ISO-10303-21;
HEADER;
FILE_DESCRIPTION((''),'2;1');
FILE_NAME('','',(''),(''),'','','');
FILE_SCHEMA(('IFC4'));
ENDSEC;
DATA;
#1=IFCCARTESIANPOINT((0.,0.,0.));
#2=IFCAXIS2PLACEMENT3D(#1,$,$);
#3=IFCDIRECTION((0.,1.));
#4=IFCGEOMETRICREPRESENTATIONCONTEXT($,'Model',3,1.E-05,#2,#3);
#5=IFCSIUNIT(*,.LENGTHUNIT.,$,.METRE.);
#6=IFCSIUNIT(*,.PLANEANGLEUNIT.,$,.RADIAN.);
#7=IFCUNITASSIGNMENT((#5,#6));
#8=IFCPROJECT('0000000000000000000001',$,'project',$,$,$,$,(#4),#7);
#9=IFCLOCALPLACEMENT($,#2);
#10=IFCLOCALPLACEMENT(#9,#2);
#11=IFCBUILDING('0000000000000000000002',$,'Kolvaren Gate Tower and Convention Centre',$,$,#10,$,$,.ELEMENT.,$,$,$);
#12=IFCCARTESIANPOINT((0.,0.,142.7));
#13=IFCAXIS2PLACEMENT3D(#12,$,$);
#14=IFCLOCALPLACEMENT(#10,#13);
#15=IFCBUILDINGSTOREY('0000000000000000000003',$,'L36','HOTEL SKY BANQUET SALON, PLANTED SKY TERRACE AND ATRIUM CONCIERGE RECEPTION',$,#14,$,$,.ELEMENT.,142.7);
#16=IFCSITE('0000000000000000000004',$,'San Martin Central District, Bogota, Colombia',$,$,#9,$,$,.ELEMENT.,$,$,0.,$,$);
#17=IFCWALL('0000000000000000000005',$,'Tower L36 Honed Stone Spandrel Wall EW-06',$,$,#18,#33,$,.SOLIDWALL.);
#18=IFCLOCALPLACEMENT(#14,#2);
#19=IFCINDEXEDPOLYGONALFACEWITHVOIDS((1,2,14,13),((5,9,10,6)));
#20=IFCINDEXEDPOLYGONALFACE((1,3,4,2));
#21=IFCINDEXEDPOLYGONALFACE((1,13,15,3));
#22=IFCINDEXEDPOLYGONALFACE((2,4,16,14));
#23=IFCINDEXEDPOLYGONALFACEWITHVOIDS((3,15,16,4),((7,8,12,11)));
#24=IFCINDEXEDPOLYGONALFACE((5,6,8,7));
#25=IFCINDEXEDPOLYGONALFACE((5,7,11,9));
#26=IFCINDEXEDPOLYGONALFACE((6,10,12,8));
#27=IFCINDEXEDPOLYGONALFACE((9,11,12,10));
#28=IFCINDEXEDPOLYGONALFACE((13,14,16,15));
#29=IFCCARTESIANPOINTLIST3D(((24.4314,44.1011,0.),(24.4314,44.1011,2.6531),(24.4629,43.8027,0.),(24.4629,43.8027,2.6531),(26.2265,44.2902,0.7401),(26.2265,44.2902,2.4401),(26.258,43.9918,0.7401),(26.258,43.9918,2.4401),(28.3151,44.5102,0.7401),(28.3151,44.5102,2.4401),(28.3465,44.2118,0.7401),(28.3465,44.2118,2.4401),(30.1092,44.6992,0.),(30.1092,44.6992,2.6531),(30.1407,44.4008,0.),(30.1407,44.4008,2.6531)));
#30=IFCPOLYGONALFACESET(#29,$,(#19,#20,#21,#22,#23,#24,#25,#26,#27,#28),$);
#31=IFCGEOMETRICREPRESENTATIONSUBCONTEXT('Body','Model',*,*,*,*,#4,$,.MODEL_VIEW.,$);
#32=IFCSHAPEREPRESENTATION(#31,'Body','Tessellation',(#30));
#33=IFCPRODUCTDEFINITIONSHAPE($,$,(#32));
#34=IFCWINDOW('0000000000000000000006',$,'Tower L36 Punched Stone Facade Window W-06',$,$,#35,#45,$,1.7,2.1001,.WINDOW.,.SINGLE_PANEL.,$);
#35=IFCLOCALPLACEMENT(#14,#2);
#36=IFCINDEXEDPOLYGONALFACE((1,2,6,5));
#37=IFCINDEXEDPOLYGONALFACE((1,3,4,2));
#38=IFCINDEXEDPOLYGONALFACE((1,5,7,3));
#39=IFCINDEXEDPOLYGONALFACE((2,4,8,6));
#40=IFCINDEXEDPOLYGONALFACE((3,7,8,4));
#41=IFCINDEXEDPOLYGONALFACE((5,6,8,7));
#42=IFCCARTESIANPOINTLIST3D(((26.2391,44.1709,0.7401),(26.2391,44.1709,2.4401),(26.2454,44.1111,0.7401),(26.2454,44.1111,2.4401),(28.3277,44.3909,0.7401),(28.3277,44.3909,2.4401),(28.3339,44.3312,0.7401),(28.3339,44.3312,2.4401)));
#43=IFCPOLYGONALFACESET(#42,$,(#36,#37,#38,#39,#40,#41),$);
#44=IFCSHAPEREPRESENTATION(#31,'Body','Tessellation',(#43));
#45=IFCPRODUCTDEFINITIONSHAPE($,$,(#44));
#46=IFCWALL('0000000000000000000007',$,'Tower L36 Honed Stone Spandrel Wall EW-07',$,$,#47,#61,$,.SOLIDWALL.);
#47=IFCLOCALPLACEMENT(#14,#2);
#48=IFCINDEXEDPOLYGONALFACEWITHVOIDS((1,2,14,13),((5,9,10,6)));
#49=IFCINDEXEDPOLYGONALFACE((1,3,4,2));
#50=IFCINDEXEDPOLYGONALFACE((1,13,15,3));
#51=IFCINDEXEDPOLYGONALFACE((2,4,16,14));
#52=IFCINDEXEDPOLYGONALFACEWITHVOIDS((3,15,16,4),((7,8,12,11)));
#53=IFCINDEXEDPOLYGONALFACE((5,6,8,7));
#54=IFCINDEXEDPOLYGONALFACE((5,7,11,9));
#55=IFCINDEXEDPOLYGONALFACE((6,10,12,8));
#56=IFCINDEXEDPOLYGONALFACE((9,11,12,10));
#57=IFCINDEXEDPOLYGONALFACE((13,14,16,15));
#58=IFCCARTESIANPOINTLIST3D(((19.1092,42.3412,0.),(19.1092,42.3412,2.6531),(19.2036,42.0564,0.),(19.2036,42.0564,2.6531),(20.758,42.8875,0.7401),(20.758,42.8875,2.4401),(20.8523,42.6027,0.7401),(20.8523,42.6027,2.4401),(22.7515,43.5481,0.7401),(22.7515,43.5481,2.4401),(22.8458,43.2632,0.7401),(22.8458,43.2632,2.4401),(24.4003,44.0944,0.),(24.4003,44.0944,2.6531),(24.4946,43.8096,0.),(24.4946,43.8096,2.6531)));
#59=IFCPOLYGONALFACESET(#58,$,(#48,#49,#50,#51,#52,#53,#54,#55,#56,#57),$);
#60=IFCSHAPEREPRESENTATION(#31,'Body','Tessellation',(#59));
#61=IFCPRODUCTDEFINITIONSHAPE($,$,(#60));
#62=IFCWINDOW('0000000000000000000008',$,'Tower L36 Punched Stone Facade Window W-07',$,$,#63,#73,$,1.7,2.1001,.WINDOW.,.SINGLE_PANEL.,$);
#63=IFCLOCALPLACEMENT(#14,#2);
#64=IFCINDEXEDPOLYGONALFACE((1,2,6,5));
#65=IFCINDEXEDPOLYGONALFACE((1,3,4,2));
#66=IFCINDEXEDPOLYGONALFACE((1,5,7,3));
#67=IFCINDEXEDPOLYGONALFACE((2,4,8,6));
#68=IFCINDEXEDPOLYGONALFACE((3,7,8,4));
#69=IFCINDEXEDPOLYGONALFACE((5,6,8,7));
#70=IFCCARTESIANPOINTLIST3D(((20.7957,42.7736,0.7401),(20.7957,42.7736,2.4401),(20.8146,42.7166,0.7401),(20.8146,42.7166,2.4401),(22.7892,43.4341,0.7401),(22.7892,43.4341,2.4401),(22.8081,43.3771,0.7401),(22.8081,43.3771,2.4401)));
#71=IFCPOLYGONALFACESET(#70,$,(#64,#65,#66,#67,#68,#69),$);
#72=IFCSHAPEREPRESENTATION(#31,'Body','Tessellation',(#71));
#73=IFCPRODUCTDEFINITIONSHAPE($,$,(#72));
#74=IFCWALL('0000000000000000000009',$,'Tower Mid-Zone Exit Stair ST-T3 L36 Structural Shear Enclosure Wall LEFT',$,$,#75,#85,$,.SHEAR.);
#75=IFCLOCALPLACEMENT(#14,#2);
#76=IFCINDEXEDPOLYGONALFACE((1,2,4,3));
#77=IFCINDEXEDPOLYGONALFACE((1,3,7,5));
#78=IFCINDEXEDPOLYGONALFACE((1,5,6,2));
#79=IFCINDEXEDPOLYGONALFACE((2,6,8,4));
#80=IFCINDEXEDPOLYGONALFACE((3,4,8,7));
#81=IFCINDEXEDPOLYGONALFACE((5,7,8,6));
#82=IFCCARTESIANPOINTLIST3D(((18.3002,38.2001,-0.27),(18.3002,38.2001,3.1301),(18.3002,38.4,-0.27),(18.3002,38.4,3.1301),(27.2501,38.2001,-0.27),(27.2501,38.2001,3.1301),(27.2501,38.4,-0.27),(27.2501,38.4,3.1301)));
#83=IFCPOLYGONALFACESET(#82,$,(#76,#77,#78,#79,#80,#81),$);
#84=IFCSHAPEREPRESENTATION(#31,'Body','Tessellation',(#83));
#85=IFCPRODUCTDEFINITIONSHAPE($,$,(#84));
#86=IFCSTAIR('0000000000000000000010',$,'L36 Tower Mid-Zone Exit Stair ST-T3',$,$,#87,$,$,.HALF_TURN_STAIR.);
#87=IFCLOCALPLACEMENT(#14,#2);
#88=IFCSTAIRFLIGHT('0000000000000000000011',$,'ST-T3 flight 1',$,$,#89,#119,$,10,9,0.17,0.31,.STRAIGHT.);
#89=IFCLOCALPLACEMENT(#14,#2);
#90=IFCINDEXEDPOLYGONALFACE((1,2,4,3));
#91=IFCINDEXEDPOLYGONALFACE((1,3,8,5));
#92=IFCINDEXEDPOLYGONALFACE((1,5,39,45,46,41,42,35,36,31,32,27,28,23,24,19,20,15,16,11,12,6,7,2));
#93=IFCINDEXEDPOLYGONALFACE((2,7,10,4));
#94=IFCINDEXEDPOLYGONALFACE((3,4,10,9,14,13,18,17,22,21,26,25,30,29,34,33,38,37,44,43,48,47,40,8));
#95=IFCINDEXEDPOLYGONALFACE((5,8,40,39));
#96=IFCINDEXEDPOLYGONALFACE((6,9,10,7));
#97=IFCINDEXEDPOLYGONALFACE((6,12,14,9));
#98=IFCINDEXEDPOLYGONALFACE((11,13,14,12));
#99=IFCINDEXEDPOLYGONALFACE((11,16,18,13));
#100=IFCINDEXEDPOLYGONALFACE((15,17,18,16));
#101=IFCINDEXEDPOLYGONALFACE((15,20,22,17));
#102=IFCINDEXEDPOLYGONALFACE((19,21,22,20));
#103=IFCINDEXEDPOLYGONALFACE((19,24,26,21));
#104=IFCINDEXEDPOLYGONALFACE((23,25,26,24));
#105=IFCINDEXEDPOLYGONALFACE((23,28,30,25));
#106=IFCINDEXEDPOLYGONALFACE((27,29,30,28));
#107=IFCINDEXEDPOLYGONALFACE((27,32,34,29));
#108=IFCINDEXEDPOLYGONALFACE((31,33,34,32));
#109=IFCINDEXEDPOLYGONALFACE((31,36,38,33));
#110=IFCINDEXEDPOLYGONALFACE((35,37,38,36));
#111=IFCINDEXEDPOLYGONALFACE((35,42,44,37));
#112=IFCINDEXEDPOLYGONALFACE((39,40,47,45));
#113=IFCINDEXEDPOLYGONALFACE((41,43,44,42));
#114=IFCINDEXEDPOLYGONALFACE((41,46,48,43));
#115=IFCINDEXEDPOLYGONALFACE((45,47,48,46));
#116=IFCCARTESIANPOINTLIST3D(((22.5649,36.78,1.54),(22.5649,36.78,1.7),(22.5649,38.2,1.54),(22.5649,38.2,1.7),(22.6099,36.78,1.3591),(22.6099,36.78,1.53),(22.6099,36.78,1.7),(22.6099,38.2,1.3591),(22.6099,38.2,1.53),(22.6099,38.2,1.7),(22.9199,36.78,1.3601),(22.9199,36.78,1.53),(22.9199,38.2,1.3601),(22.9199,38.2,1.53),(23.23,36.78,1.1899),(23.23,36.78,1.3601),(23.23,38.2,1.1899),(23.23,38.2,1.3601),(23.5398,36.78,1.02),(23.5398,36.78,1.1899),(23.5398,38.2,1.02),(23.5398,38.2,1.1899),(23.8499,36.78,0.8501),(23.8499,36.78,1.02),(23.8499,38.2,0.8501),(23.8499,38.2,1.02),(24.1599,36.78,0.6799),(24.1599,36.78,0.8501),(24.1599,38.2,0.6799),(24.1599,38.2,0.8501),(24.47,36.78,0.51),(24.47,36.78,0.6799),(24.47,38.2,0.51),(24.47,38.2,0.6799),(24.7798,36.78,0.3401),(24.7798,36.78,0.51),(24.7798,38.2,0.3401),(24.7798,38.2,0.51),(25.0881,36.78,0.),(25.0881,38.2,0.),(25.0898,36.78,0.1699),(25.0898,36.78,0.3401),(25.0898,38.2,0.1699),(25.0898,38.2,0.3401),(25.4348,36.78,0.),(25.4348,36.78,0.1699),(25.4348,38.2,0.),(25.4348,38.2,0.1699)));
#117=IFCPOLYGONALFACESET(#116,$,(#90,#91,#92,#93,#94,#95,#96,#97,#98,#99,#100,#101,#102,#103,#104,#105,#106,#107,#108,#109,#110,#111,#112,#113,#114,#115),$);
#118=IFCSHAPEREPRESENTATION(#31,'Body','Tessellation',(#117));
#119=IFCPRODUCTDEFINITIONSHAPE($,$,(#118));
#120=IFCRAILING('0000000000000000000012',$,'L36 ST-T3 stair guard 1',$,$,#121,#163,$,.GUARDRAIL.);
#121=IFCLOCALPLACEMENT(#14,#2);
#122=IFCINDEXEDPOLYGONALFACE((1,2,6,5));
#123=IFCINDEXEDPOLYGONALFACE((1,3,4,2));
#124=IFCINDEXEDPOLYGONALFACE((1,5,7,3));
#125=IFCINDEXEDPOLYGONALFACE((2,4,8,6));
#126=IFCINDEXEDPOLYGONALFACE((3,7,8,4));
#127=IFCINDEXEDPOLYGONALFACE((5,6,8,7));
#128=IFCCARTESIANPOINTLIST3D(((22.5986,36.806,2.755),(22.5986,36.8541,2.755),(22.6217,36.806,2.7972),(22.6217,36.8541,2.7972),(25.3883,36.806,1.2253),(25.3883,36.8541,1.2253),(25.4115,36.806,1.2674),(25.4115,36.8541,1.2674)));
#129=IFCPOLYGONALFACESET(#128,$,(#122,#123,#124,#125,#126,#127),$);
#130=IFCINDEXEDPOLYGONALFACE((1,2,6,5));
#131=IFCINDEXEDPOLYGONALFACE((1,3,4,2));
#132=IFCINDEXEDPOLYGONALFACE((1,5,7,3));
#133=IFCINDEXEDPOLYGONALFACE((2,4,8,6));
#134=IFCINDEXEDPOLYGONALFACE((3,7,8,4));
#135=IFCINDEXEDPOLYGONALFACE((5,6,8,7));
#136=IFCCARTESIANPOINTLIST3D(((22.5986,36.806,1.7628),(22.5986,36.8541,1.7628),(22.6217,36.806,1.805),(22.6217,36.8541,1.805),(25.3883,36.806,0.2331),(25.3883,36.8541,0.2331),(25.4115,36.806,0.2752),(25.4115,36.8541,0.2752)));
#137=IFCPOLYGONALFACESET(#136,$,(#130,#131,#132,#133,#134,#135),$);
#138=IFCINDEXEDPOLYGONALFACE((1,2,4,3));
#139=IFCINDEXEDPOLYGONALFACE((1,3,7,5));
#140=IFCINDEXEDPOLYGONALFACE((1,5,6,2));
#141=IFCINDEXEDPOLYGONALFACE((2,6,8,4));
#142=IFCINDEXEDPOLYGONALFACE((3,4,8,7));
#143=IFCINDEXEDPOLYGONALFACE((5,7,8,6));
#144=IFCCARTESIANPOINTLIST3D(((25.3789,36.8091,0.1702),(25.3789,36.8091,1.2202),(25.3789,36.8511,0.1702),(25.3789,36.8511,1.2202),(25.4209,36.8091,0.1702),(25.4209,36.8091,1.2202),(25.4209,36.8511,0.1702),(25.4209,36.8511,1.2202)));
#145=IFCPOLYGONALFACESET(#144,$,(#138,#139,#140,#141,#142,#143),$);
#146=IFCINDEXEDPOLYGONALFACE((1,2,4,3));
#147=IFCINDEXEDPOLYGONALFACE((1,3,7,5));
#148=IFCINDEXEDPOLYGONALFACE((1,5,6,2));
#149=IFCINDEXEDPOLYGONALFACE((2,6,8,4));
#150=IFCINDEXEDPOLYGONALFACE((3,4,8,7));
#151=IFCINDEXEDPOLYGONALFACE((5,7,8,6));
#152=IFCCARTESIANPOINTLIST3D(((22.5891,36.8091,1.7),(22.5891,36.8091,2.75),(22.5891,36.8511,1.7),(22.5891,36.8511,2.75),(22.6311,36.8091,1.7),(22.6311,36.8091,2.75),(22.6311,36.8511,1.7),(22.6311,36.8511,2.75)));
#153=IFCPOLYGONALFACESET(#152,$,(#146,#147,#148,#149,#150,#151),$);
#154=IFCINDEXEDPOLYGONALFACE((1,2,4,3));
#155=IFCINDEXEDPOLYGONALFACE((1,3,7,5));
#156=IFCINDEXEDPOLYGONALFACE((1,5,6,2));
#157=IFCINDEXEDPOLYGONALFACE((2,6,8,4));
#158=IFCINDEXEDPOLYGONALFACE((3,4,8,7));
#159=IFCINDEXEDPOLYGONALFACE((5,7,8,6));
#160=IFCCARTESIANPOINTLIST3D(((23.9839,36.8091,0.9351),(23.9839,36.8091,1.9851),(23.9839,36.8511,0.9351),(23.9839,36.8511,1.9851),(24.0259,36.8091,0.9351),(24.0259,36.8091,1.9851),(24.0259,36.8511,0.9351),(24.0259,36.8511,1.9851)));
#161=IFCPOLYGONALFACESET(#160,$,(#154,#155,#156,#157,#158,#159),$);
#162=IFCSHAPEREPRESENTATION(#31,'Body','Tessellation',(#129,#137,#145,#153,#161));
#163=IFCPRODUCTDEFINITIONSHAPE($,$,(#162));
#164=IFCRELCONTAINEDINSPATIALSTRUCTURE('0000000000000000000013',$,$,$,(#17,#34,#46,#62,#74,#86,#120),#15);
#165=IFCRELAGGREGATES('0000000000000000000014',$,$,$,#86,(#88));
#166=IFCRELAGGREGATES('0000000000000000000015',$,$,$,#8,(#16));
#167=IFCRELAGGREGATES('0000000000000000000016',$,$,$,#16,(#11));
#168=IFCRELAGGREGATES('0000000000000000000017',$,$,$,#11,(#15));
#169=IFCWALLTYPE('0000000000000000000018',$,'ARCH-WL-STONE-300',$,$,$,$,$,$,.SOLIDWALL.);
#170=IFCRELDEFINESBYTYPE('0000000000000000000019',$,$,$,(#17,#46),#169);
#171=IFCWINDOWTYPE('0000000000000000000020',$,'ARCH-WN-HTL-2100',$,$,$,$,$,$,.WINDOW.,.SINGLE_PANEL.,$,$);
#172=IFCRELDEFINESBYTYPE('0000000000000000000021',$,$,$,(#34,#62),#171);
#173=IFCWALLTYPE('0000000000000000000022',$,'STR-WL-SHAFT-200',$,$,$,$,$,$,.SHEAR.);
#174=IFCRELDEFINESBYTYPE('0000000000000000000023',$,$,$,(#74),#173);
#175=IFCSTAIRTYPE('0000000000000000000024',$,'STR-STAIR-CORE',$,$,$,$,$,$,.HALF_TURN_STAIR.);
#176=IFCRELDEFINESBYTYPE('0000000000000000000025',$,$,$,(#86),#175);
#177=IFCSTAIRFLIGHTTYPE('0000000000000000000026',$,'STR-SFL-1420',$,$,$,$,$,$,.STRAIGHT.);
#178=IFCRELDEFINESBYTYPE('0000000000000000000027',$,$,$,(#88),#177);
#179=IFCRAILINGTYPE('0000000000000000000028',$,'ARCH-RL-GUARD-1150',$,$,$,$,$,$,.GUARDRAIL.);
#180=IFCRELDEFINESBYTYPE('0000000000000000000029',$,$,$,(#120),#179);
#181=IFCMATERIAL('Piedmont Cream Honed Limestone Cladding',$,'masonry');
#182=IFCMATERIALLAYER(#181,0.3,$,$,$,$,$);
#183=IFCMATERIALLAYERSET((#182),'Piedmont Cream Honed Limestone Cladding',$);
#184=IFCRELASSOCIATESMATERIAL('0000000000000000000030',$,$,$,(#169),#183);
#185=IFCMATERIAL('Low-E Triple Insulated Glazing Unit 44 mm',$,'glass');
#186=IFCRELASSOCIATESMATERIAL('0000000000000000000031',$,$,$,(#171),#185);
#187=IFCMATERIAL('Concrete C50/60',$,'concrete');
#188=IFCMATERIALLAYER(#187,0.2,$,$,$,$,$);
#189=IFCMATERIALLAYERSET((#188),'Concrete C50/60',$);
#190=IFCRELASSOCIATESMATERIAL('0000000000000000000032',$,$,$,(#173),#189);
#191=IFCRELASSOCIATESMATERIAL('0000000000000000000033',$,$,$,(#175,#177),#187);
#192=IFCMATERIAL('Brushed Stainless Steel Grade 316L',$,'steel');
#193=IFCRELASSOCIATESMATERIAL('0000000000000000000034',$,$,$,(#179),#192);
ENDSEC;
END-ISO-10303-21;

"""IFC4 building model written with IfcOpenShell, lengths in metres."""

from ifc_helpers import new_model, si_unit, direction, frame, frame_2d, origin, origin_2d, place, context, subcontext, project, spatial, polyline, rectangle, outline, extrude, material, layer, layer_set, type_object, element, fill, aggregate, save


model = new_model("IFC4")

# Units and contexts
model_context = context("Model", 3, precision=1e-05, world=origin(), true_north=direction((0.0, 1.0)))
body_context = subcontext(model_context, "Body", "Model", "MODEL_VIEW")
ifc_project = project(units=[si_unit("LENGTHUNIT", "METRE"), si_unit("PLANEANGLEUNIT", "RADIAN")], contexts=[model_context])

# Site, building, storey
site_placement = place(None, origin())
site = spatial("IfcSite", under=ifc_project, at=site_placement, Name="San Martin Central District, Bogota, Colombia", CompositionType="ELEMENT", RefElevation=0.0)
building_placement = place(site_placement, origin())
building = spatial("IfcBuilding", under=site, at=building_placement, Name="Kolvaren Gate Tower and Convention Centre", CompositionType="ELEMENT")
storey_placement = place(building_placement, frame((0.0, 0.0, 142.7)))
storey = spatial("IfcBuildingStorey", under=building, at=storey_placement, Name="L36", Description="HOTEL SKY BANQUET SALON, PLANTED SKY TERRACE AND ATRIUM CONCIERGE RECEPTION", CompositionType="ELEMENT", Elevation=142.7)

# Walls, openings, windows
ifc_material_1 = material(Name="Piedmont Cream Honed Limestone Cladding", Category="masonry")
ifc_layer_1 = layer(ifc_material_1, 0.3)
ifc_layer_set_1 = layer_set([ifc_layer_1], Name="Piedmont Cream Honed Limestone Cladding")
wall_type_1 = type_object("IfcWallType", Name="ARCH-WL-STONE-300", PredefinedType="SOLIDWALL", material=ifc_layer_set_1)
wall_1_placement = place(storey_placement, frame((24.4473, 43.9519, 0.0), z_axis=(0.0, 0.0, 1.0), x_axis=(0.994497, 0.104769, 0.0)))
wall_1 = element("IfcWall", 1, at=wall_1_placement, inside=storey, type_object=wall_type_1, Name="Tower L36 Honed Stone Spandrel Wall EW-06", PredefinedType="SOLIDWALL", context=body_context, shape_type="SweptSolid", body=[
    extrude(rectangle(XDim=5.7092, YDim=0.3, at=frame_2d((2.8545, 0.0))), origin(), (0.0, 0.0, 1.0), 2.6531),
])
opening_1_placement = place(wall_1_placement, frame((1.8049, 0.0, 0.74)))
opening_1 = element("IfcOpeningElement", 2, at=opening_1_placement, cuts=wall_1, PredefinedType="OPENING", context=body_context, shape_type="SweptSolid", body=[
    extrude(rectangle(XDim=2.1001, YDim=1.7, at=frame_2d((1.05, 0.8501))), frame((0.0, 0.1599, 0.0), z_axis=(0.0, -1.0, 0.0), x_axis=(1.0, 0.0, 0.0)), (0.0, 0.0, 1.0), 0.3201),
])
ifc_material_2 = material(Name="Low-E Triple Insulated Glazing Unit 44 mm", Category="glass")
window_type = type_object("IfcWindowType", Name="ARCH-WN-HTL-2100", PartitioningType="SINGLE_PANEL", PredefinedType="WINDOW", material=ifc_material_2)
window_1_placement = place(opening_1_placement, origin())
window_1 = element("IfcWindow", 3, at=window_1_placement, inside=storey, type_object=window_type, Name="Tower L36 Punched Stone Facade Window W-06", OverallHeight=1.7, OverallWidth=2.1001, PartitioningType="SINGLE_PANEL", PredefinedType="WINDOW", context=body_context, shape_type="SweptSolid", body=[
    extrude(rectangle(XDim=2.1001, YDim=1.7, at=frame_2d((1.05, 0.8501))), frame((0.0, 0.03, 0.0), z_axis=(0.0, -1.0, 0.0), x_axis=(1.0, 0.0, 0.0)), (0.0, 0.0, 1.0), 0.0601),
])
fill(opening_1, window_1)
wall_2_placement = place(storey_placement, frame((19.1562, 42.1987, 0.0), z_axis=(0.0, 0.0, 1.0), x_axis=(0.949247, 0.314532, 0.0)))
wall_2 = element("IfcWall", 4, at=wall_2_placement, inside=storey, type_object=wall_type_1, Name="Tower L36 Honed Stone Spandrel Wall EW-07", PredefinedType="SOLIDWALL", context=body_context, shape_type="SweptSolid", body=[
    extrude(rectangle(XDim=5.574, YDim=0.3, at=frame_2d((2.7871, 0.0))), origin(), (0.0, 0.0, 1.0), 2.6531),
])
opening_2_placement = place(wall_2_placement, frame((1.7371, 0.0, 0.74)))
opening_2 = element("IfcOpeningElement", 5, at=opening_2_placement, cuts=wall_2, PredefinedType="OPENING", context=body_context, shape_type="SweptSolid", body=[
    extrude(rectangle(XDim=2.1001, YDim=1.7, at=frame_2d((1.05, 0.8501))), frame((0.0, 0.1599, 0.0), z_axis=(0.0, -1.0, 0.0), x_axis=(1.0, 0.0, 0.0)), (0.0, 0.0, 1.0), 0.3201),
])
window_2_placement = place(opening_2_placement, origin())
window_2 = element("IfcWindow", 6, at=window_2_placement, inside=storey, type_object=window_type, Name="Tower L36 Punched Stone Facade Window W-07", OverallHeight=1.7, OverallWidth=2.1001, PartitioningType="SINGLE_PANEL", PredefinedType="WINDOW", context=body_context, shape_type="SweptSolid", body=[
    extrude(rectangle(XDim=2.1001, YDim=1.7, at=frame_2d((1.05, 0.8501))), frame((0.0, 0.03, 0.0), z_axis=(0.0, -1.0, 0.0), x_axis=(1.0, 0.0, 0.0)), (0.0, 0.0, 1.0), 0.0601),
])
fill(opening_2, window_2)

# Wall
ifc_material_3 = material(Name="Concrete C50/60", Category="concrete")
ifc_layer_2 = layer(ifc_material_3, 0.2)
ifc_layer_set_2 = layer_set([ifc_layer_2], Name="Concrete C50/60")
wall_type_2 = type_object("IfcWallType", Name="STR-WL-SHAFT-200", PredefinedType="SHEAR", material=ifc_layer_set_2)
wall_3_placement = place(storey_placement, frame((18.3, 38.3, -0.27), z_axis=(0.0, 0.0, 1.0), x_axis=(1.0, 0.0, 0.0)))
element("IfcWall", 7, at=wall_3_placement, inside=storey, type_object=wall_type_2, Name="Tower Mid-Zone Exit Stair ST-T3 L36 Structural Shear Enclosure Wall LEFT", PredefinedType="SHEAR", context=body_context, shape_type="SweptSolid", body=[
    extrude(rectangle(XDim=8.95, YDim=0.2, at=frame_2d((4.4751, 0.0))), origin(), (0.0, 0.0, 1.0), 3.4001),
])

# Stair, stair flight
stair_type = type_object("IfcStairType", Name="STR-STAIR-CORE", PredefinedType="HALF_TURN_STAIR", material=ifc_material_3)
stair_placement = place(storey_placement, origin())
stair = element("IfcStair", 8, at=stair_placement, inside=storey, type_object=stair_type, Name="L36 Tower Mid-Zone Exit Stair ST-T3", PredefinedType="HALF_TURN_STAIR")
stair_flight_type = type_object("IfcStairFlightType", Name="STR-SFL-1420", PredefinedType="STRAIGHT", material=ifc_material_3)
stair_flight_placement = place(storey_placement, frame((25.3999, 37.49, 0.0), z_axis=(0.0, 0.0, 1.0), x_axis=(-1.0, 0.0, 0.0)))
stair_flight = element("IfcStairFlight", 9, at=stair_flight_placement, type_object=stair_flight_type, Name="ST-T3 flight 1", NumberOfRisers=10, NumberOfTreads=9, PredefinedType="STRAIGHT", RiserHeight=0.17, TreadLength=0.31, context=body_context, shape_type="SweptSolid", body=[
    extrude(outline(polyline([(-0.0349, 0.0), (-0.0349, 0.1699), (0.3101, 0.1699), (0.3101, 0.3401), (0.6201, 0.3401), (0.6201, 0.51), (0.9299, 0.51), (0.9299, 0.6799), (1.24, 0.6799), (1.24, 0.8501), (1.55, 0.8501), (1.55, 1.02), (1.8601, 1.02), (1.8601, 1.1899), (2.1699, 1.1899), (2.1699, 1.3601), (2.48, 1.3601), (2.48, 1.53), (2.79, 1.53), (2.79, 1.7), (2.835, 1.7), (2.835, 1.54), (2.79, 1.3591), (0.3118, 0.0), (-0.0349, 0.0)])), frame((0.0, 0.71, 0.0), z_axis=(0.0, -1.0, 0.0), x_axis=(1.0, 0.0, 0.0)), (0.0, 0.0, 1.0), 1.4199),
])
aggregate(stair, [stair_flight])

# Railing
ifc_material_4 = material(Name="Brushed Stainless Steel Grade 316L", Category="steel")
railing_type_1 = type_object("IfcRailingType", Name="ARCH-RL-GUARD-1150", PredefinedType="GUARDRAIL", material=ifc_material_4)
railing_1_placement = place(storey_placement, frame((25.3999, 36.8301, 0.1702)))
element("IfcRailing", 10, at=railing_1_placement, inside=storey, type_object=railing_type_1, Name="L36 ST-T3 stair guard 1", PredefinedType="GUARDRAIL", context=body_context, shape_type="SweptSolid", body=[
    extrude(rectangle(XDim=0.0481, YDim=0.0481, at=origin_2d()), frame((0.0, 0.0, 1.0762), z_axis=(-0.876826, 0.0, 0.480808), x_axis=(0.0, -1.0, 0.0)), (0.0, 0.0, 1.0), 3.1816),
    extrude(rectangle(XDim=0.0481, YDim=0.0481, at=origin_2d()), frame((0.0, 0.0, 0.084), z_axis=(-0.876826, 0.0, 0.480808), x_axis=(0.0, -1.0, 0.0)), (0.0, 0.0, 1.0), 3.1816),
    extrude(rectangle(XDim=0.042, YDim=0.042, at=origin_2d()), origin(), (0.0, 0.0, 1.0), 1.05),
    extrude(rectangle(XDim=0.042, YDim=0.042, at=origin_2d()), frame((-2.7898, 0.0, 1.5298)), (0.0, 0.0, 1.0), 1.05),
    extrude(rectangle(XDim=0.042, YDim=0.042, at=origin_2d()), frame((-1.395, 0.0, 0.7649)), (0.0, 0.0, 1.0), 1.05),
])

save(model, "model.ifc")
